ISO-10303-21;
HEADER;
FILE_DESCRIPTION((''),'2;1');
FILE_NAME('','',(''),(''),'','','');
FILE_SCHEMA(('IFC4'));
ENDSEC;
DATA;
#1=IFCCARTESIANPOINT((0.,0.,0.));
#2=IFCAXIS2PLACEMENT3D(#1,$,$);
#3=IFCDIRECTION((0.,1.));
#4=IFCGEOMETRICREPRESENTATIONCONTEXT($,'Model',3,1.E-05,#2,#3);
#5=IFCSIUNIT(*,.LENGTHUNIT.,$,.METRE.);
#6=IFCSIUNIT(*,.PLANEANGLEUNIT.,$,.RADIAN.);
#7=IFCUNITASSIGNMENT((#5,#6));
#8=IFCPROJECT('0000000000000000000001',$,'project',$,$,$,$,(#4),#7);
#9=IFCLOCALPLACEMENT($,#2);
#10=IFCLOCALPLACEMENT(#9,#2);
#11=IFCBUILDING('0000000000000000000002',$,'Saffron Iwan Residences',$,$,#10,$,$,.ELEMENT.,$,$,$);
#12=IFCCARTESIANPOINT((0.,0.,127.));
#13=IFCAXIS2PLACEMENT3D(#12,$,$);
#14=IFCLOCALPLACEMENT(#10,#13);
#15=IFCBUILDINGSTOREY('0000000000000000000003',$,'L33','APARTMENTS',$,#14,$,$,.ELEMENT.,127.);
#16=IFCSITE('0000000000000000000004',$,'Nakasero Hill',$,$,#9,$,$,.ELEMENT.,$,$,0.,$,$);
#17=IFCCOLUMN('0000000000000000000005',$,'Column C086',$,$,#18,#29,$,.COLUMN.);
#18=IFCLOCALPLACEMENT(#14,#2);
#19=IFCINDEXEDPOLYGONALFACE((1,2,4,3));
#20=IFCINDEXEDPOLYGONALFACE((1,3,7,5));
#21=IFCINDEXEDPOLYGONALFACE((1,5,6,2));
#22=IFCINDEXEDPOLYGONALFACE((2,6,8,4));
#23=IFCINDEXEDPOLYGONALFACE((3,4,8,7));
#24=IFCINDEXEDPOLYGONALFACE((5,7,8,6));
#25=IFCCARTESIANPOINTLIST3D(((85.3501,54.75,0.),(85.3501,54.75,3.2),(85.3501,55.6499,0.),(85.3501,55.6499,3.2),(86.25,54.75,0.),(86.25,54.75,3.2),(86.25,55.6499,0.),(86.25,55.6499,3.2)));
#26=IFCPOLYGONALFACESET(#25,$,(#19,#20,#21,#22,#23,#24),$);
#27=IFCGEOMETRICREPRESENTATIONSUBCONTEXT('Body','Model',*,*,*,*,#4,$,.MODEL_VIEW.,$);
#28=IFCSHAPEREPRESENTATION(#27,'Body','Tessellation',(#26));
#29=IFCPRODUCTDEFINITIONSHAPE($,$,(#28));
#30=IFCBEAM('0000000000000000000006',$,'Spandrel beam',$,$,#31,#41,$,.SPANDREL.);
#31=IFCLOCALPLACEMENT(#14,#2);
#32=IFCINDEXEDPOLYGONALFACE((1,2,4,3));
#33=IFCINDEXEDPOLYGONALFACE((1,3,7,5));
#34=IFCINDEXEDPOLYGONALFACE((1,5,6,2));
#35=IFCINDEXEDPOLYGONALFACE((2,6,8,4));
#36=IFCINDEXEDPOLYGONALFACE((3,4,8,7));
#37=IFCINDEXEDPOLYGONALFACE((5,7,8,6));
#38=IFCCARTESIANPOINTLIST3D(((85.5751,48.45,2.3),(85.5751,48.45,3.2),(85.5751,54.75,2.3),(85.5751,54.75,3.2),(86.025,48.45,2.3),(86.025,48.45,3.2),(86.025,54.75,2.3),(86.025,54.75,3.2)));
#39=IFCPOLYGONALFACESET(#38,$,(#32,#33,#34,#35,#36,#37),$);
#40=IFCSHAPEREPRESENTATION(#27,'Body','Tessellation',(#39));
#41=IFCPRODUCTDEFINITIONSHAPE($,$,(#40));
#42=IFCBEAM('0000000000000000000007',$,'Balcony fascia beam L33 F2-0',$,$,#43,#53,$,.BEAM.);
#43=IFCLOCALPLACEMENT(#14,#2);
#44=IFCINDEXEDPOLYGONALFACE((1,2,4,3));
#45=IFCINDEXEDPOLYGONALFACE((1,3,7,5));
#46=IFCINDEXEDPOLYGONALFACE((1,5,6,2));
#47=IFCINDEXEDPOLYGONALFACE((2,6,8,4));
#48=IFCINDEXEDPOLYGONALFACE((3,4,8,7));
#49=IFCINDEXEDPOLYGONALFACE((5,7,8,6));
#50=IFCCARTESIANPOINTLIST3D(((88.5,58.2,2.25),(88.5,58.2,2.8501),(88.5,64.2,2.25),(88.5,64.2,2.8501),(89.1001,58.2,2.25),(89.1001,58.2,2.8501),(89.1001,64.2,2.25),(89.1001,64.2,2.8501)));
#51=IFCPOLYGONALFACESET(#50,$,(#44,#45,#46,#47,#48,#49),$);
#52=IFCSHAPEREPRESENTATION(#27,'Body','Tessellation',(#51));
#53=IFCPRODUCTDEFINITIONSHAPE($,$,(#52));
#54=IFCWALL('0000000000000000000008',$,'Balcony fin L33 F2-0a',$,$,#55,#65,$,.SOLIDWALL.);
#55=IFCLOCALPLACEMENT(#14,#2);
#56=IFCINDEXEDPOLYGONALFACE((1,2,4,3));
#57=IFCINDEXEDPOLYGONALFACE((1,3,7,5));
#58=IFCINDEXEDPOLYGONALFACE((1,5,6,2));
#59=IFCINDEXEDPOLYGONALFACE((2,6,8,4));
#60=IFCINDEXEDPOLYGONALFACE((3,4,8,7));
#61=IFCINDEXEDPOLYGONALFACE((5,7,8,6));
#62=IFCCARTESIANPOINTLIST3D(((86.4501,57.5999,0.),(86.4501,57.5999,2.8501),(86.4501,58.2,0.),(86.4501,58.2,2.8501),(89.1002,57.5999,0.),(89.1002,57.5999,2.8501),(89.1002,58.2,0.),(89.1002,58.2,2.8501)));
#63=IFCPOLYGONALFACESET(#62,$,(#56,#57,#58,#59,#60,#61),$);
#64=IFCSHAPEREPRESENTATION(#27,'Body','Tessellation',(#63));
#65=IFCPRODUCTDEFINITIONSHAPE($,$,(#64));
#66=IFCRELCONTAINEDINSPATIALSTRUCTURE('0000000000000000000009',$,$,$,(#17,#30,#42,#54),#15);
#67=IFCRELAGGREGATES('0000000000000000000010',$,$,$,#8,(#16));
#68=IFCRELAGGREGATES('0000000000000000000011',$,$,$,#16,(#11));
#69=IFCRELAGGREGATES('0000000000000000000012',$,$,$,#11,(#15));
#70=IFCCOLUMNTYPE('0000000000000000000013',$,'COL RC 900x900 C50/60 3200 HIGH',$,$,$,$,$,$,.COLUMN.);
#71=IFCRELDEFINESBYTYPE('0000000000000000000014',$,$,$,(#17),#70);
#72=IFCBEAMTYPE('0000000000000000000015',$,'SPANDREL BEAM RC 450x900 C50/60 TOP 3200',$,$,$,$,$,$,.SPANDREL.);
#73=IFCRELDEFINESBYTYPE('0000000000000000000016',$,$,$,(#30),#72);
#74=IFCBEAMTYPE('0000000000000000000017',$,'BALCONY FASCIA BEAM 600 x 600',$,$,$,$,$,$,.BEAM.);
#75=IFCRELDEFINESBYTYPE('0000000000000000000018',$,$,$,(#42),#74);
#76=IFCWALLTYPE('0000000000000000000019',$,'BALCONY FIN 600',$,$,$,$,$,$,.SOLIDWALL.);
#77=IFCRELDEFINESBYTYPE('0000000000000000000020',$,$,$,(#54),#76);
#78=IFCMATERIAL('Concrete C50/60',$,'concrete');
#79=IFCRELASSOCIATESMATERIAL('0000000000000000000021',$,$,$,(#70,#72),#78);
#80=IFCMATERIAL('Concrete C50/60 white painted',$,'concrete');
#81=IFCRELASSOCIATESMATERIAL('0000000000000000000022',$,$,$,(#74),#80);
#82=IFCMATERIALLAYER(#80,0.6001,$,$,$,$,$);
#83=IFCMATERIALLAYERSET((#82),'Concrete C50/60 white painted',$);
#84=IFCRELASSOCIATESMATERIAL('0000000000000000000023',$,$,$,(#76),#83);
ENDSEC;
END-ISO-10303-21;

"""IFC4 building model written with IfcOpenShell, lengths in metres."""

from ifc_helpers import new_model, si_unit, direction, frame, frame_2d, origin, origin_2d, place, context, subcontext, project, spatial, rectangle, extrude, source, transform, mapped, material, layer, layer_set, material_profile, profile_set, type_object, element, save


model = new_model("IFC4")

# Units and contexts
model_context = context("Model", 3, precision=1e-05, world=origin(), true_north=direction((0.0, 1.0)))
body_context = subcontext(model_context, "Body", "Model", "MODEL_VIEW")
ifc_project = project(units=[si_unit("LENGTHUNIT", "METRE"), si_unit("PLANEANGLEUNIT", "RADIAN")], contexts=[model_context])

# Site, building, storey
site_placement = place(None, origin())
site = spatial("IfcSite", under=ifc_project, at=site_placement, Name="Nakasero Hill", CompositionType="ELEMENT", RefElevation=0.0)
building_placement = place(site_placement, origin())
building = spatial("IfcBuilding", under=site, at=building_placement, Name="Saffron Iwan Residences", CompositionType="ELEMENT")
storey_placement = place(building_placement, frame((0.0, 0.0, 127.0)))
storey = spatial("IfcBuildingStorey", under=building, at=storey_placement, Name="L33", Description="APARTMENTS", CompositionType="ELEMENT", Elevation=127.0)

# Column
ifc_material_1 = material(Name="Concrete C50/60", Category="concrete")
ifc_material_profile_1 = material_profile(ifc_material_1, rectangle(XDim=0.8999, YDim=0.8999, at=origin_2d()), Name="RC 900x900")
ifc_profile_set_1 = profile_set([ifc_material_profile_1], Name="Concrete C50/60")
column_type = type_object("IfcColumnType", Name="COL RC 900x900 C50/60 3200 HIGH", PredefinedType="COLUMN", material=ifc_profile_set_1)
shared_shape_1 = source(origin(), body_context, "Body", "SweptSolid", [
    extrude(rectangle(XDim=0.8999, YDim=0.8999, at=origin_2d()), origin(), (0.0, 0.0, 1.0), 3.2),
])
column_placement = place(storey_placement, frame((85.8, 55.2, 0.0), z_axis=(0.0, 0.0, 1.0), x_axis=(1.0, 0.0, 0.0)))
element("IfcColumn", 1, at=column_placement, inside=storey, type_object=column_type, Name="Column C086", PredefinedType="COLUMN", context=body_context, shape_type="MappedRepresentation", body=[
    mapped(shared_shape_1, transform((0.0, 0.0, 0.0))),
])

# Beams
ifc_material_profile_2 = material_profile(ifc_material_1, rectangle(XDim=0.45, YDim=0.8999, at=origin_2d()), Name="RC 450x900")
ifc_profile_set_2 = profile_set([ifc_material_profile_2], Name="Concrete C50/60")
beam_type_1 = type_object("IfcBeamType", Name="SPANDREL BEAM RC 450x900 C50/60 TOP 3200", PredefinedType="SPANDREL", material=ifc_profile_set_2)
shared_shape_2 = source(origin(), body_context, "Body", "SweptSolid", [
    extrude(rectangle(XDim=0.45, YDim=0.8999, at=origin_2d()), origin(), (0.0, 0.0, 1.0), 6.3),
])
beam_1_placement = place(storey_placement, frame((85.8, 54.75, 2.75), z_axis=(0.0, -1.0, 0.0), x_axis=(1.0, 0.0, 0.0)))
element("IfcBeam", 2, at=beam_1_placement, inside=storey, type_object=beam_type_1, Name="Spandrel beam", PredefinedType="SPANDREL", context=body_context, shape_type="MappedRepresentation", body=[
    mapped(shared_shape_2, transform((0.0, 0.0, 0.0))),
])
ifc_material_2 = material(Name="Concrete C50/60 white painted", Category="concrete")
ifc_material_profile_3 = material_profile(ifc_material_2, rectangle(XDim=0.6001, YDim=0.6001, at=origin_2d()), Name="BALCONY FASCIA BEAM 600 x 600")
ifc_profile_set_3 = profile_set([ifc_material_profile_3], Name="Concrete C50/60 white painted")
beam_type_2 = type_object("IfcBeamType", Name="BALCONY FASCIA BEAM 600 x 600", PredefinedType="BEAM", material=ifc_profile_set_3)
shared_shape_3 = source(origin(), body_context, "Body", "SweptSolid", [
    extrude(rectangle(XDim=0.6001, YDim=0.6001, at=origin_2d()), origin(), (0.0, 0.0, 1.0), 6.0),
])
beam_2_placement = place(storey_placement, frame((88.8, 58.2, 2.55), z_axis=(0.0, 1.0, 0.0), x_axis=(-1.0, 0.0, 0.0)))
element("IfcBeam", 3, at=beam_2_placement, inside=storey, type_object=beam_type_2, Name="Balcony fascia beam L33 F2-0", PredefinedType="BEAM", context=body_context, shape_type="MappedRepresentation", body=[
    mapped(shared_shape_3, transform((0.0, 0.0, 0.0))),
])

# Wall
ifc_layer_1 = layer(ifc_material_2, 0.6001)
ifc_layer_set_1 = layer_set([ifc_layer_1], Name="Concrete C50/60 white painted")
wall_type_1 = type_object("IfcWallType", Name="BALCONY FIN 600", PredefinedType="SOLIDWALL", material=ifc_layer_set_1)
wall_1_placement = place(storey_placement, frame((86.45, 57.8999, 0.0), z_axis=(0.0, 0.0, 1.0), x_axis=(1.0, 0.0, 0.0)))
element("IfcWall", 4, at=wall_1_placement, inside=storey, type_object=wall_type_1, Name="Balcony fin L33 F2-0a", PredefinedType="SOLIDWALL", context=body_context, shape_type="SweptSolid", body=[
    extrude(rectangle(XDim=2.6501, YDim=0.6001, at=frame_2d((1.3252, 0.0))), origin(), (0.0, 0.0, 1.0), 2.8501),
])

save(model, "model.ifc")
